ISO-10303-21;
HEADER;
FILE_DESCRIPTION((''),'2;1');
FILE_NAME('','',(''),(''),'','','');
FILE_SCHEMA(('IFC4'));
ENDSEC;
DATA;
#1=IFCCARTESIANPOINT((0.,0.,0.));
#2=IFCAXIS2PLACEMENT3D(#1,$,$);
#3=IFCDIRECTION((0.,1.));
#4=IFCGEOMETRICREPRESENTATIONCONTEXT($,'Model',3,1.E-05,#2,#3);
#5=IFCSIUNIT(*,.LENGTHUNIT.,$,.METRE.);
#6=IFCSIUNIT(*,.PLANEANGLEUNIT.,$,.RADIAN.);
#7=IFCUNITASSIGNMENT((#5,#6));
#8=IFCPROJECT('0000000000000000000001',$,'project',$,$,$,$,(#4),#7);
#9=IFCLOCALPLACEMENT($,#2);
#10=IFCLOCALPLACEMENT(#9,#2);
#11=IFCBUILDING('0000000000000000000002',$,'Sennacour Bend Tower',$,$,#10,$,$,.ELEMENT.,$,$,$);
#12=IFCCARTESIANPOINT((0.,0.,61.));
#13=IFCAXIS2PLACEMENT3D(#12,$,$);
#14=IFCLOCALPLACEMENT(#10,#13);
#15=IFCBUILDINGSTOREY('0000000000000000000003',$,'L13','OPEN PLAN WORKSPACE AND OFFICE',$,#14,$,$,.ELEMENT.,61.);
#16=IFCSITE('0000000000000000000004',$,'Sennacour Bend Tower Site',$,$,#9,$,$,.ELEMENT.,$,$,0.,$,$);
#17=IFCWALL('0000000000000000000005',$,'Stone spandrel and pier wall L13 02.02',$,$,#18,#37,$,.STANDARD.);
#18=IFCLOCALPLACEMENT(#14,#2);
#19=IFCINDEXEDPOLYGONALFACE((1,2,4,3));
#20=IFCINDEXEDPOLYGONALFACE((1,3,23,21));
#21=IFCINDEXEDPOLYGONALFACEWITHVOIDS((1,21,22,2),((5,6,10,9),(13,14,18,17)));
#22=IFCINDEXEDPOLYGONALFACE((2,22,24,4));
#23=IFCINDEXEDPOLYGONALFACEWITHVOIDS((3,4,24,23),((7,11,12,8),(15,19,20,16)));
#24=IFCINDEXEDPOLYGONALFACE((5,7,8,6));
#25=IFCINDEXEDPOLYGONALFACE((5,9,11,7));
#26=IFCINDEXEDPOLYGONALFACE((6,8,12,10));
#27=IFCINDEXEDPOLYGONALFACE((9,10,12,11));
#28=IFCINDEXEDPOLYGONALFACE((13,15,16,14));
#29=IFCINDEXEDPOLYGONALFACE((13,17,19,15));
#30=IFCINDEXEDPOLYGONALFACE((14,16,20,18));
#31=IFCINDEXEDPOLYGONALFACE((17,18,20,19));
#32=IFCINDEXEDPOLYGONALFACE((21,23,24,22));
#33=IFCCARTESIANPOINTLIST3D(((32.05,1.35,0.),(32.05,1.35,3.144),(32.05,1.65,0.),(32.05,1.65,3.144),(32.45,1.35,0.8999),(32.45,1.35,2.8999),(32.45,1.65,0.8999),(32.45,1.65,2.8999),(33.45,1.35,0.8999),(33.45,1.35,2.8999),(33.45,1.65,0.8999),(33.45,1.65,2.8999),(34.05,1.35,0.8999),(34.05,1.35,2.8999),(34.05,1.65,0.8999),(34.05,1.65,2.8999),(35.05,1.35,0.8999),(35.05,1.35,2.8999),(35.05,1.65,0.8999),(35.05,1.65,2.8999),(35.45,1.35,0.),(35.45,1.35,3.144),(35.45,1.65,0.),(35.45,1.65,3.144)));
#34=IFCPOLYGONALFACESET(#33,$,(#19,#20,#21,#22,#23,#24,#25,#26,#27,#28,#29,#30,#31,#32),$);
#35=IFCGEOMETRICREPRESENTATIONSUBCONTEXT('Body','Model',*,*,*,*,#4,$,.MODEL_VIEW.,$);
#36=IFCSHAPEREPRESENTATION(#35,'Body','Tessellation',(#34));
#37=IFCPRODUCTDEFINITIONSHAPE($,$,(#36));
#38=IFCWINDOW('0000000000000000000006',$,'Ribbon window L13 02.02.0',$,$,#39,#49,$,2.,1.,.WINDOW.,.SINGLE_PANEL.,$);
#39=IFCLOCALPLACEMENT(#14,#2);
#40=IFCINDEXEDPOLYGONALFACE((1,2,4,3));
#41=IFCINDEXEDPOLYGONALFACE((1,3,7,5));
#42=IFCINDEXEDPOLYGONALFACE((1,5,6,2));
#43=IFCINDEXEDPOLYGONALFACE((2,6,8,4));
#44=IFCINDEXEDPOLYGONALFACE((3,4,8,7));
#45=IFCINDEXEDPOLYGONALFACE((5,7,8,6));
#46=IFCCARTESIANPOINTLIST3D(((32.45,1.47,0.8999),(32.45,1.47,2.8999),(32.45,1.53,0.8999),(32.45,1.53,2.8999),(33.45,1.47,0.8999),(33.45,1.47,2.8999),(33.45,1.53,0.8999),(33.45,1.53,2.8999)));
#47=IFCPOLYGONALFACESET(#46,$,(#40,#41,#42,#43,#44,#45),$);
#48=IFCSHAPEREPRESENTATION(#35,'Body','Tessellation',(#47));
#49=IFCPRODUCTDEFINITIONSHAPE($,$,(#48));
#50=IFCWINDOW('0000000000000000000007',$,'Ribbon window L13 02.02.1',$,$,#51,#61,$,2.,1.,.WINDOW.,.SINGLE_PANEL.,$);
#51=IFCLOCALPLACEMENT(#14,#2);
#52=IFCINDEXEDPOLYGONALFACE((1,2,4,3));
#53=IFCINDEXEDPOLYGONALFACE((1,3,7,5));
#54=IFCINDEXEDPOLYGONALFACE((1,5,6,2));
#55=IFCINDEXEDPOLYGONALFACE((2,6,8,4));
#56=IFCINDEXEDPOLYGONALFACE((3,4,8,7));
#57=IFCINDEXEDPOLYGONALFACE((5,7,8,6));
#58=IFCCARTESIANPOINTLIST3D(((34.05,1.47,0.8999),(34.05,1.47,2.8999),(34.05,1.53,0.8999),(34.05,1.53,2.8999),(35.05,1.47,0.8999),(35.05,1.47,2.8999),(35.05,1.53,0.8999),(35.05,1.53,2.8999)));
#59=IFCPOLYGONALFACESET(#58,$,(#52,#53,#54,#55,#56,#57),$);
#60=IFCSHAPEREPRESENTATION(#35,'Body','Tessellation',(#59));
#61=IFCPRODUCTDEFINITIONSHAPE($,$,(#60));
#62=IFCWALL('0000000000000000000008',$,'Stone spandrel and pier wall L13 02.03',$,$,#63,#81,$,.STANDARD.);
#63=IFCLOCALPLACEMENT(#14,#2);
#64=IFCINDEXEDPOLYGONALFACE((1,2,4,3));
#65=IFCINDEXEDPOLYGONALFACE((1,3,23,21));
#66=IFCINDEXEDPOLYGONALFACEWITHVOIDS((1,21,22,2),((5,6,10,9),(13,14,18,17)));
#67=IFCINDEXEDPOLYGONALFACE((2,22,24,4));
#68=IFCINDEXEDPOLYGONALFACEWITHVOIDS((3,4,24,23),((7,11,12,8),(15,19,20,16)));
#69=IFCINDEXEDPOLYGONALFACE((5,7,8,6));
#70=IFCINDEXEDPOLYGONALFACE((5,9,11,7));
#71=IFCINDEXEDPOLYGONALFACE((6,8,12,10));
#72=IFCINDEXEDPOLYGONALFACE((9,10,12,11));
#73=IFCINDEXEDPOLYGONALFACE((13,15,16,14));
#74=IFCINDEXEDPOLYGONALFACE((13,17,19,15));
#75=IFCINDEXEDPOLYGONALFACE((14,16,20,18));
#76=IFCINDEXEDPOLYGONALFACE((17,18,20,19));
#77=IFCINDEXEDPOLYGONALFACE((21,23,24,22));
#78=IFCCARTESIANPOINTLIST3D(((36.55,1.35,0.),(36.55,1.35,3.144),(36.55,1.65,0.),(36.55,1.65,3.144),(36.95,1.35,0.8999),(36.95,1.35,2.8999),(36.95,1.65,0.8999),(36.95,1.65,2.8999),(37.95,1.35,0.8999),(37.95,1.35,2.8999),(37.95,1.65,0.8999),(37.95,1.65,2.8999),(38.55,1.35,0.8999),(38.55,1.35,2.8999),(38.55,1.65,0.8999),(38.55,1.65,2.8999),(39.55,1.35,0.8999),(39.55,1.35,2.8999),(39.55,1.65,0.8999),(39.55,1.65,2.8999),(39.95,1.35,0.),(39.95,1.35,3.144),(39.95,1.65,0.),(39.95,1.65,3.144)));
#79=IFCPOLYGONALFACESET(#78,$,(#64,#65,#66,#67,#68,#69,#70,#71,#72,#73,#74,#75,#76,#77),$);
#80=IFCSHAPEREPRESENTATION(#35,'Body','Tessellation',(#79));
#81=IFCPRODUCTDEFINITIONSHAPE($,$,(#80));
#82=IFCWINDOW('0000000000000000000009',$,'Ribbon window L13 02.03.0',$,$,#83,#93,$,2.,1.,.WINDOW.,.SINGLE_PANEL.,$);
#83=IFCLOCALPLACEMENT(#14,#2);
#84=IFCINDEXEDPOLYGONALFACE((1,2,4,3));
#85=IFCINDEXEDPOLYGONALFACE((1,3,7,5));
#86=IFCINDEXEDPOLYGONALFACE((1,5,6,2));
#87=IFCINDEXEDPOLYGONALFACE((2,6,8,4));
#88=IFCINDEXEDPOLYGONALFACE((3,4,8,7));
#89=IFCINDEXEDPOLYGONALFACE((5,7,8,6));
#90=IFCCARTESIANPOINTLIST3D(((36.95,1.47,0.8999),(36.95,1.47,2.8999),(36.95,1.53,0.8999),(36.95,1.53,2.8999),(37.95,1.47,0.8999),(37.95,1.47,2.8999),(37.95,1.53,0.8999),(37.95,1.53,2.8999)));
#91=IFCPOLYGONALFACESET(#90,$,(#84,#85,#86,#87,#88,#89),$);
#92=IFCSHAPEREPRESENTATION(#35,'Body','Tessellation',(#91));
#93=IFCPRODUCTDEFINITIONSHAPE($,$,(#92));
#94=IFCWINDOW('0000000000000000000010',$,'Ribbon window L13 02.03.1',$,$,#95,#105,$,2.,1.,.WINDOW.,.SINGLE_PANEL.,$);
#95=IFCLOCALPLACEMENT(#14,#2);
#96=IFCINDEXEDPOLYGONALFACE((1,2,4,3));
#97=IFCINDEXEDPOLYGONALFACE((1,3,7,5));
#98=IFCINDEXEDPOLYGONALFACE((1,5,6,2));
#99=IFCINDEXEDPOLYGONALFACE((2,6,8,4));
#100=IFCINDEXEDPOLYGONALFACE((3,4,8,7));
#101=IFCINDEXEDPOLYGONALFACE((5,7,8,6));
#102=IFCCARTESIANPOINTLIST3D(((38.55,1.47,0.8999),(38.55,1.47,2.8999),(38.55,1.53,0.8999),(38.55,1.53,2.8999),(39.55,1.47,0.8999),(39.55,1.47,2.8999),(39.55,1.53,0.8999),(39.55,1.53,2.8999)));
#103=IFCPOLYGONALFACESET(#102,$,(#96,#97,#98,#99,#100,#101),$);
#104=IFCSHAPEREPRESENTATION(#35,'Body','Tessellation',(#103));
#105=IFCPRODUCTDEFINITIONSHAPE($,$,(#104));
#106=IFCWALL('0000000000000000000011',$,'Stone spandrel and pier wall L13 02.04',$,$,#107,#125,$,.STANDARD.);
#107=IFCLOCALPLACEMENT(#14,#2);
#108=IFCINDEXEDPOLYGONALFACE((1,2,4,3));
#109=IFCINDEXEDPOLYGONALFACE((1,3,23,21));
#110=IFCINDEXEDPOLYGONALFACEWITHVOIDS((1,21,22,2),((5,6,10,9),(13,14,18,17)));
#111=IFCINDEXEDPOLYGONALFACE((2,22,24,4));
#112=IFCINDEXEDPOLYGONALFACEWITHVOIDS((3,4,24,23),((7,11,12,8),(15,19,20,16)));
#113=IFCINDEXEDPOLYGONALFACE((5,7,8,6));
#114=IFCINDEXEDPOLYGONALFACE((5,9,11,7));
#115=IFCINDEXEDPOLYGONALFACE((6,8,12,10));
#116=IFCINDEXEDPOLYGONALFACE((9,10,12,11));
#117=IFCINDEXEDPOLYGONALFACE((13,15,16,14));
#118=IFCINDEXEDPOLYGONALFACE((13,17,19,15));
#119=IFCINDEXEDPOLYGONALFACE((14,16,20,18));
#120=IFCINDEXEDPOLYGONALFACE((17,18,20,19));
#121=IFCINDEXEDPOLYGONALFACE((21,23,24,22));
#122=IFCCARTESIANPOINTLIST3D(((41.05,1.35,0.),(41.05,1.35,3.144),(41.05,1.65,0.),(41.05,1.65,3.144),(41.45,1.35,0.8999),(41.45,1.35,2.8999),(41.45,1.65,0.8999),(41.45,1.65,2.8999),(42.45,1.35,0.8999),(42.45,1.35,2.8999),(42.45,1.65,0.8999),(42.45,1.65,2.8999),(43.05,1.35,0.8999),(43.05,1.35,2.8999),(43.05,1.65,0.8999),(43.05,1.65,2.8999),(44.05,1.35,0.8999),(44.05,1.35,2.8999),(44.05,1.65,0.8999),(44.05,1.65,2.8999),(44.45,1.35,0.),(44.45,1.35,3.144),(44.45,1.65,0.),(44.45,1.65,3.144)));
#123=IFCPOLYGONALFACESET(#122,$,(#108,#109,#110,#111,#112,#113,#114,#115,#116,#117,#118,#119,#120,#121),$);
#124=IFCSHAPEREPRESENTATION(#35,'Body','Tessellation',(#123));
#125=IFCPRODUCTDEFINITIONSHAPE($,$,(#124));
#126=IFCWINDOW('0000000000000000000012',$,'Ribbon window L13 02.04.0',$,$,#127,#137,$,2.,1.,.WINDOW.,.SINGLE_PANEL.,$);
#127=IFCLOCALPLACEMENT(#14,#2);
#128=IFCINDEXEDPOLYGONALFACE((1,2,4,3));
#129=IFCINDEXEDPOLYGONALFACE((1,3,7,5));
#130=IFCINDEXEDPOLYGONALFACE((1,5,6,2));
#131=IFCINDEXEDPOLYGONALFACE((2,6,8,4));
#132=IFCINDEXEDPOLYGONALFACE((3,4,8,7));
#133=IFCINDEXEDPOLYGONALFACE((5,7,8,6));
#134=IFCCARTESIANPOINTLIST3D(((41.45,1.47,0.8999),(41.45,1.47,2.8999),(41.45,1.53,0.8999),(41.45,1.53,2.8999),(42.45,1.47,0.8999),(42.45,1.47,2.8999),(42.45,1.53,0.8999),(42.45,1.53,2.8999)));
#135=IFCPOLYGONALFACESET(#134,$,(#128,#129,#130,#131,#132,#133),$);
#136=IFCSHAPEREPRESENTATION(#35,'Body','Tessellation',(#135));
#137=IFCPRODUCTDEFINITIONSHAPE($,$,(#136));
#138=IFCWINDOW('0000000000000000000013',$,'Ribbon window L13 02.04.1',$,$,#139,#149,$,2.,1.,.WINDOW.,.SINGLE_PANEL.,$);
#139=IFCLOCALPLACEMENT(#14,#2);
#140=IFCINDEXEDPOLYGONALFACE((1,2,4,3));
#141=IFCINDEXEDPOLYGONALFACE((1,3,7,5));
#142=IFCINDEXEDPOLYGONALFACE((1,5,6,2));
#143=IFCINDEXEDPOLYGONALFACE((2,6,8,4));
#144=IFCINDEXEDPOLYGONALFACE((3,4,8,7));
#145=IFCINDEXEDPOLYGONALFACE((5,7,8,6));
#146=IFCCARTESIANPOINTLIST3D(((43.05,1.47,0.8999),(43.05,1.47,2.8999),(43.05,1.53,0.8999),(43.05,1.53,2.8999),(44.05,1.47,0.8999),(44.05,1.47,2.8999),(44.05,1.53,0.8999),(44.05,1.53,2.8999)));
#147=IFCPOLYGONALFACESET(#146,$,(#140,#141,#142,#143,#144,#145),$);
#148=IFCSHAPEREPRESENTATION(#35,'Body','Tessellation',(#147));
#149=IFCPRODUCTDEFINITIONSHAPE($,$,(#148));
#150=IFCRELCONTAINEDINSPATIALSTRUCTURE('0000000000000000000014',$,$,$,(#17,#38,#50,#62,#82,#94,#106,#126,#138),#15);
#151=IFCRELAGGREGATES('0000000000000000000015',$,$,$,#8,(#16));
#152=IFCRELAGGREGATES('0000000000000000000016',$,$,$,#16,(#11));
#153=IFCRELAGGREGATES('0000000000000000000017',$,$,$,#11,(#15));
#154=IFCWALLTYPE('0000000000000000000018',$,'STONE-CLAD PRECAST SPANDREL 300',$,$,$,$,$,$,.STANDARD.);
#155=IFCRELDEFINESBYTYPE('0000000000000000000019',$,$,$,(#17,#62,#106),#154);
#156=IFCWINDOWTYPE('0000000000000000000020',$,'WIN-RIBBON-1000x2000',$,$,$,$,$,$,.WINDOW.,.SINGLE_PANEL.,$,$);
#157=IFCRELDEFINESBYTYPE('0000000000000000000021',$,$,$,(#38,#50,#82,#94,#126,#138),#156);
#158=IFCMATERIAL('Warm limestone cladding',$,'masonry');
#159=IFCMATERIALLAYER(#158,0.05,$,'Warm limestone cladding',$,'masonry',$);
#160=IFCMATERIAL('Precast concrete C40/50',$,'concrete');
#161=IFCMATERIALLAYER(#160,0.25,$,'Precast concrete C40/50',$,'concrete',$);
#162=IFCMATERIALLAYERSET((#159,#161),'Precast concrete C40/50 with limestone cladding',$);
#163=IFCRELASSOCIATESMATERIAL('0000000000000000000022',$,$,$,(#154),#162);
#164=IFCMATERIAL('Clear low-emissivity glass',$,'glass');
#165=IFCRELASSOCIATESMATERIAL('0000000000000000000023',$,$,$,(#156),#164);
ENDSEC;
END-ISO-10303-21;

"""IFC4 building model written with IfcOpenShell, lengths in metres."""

from ifc_helpers import new_model, si_unit, direction, frame, frame_2d, origin, place, context, subcontext, project, spatial, rectangle, extrude, material, layer, layer_set, type_object, element, fill, save


model = new_model("IFC4")

# Units and contexts
model_context = context("Model", 3, precision=1e-05, world=origin(), true_north=direction((0.0, 1.0)))
body_context = subcontext(model_context, "Body", "Model", "MODEL_VIEW")
ifc_project = project(units=[si_unit("LENGTHUNIT", "METRE"), si_unit("PLANEANGLEUNIT", "RADIAN")], contexts=[model_context])

# Site, building, storey
site_placement = place(None, origin())
site = spatial("IfcSite", under=ifc_project, at=site_placement, Name="Sennacour Bend Tower Site", CompositionType="ELEMENT", RefElevation=0.0)
building_placement = place(site_placement, origin())
building = spatial("IfcBuilding", under=site, at=building_placement, Name="Sennacour Bend Tower", CompositionType="ELEMENT")
storey_placement = place(building_placement, frame((0.0, 0.0, 61.0)))
storey = spatial("IfcBuildingStorey", under=building, at=storey_placement, Name="L13", Description="OPEN PLAN WORKSPACE AND OFFICE", CompositionType="ELEMENT", Elevation=61.0)

# Walls, openings, windows
ifc_material_1 = material(Name="Warm limestone cladding", Category="masonry")
ifc_layer_1 = layer(ifc_material_1, 0.05, Name="Warm limestone cladding", Category="masonry")
ifc_material_2 = material(Name="Precast concrete C40/50", Category="concrete")
ifc_layer_2 = layer(ifc_material_2, 0.25, Name="Precast concrete C40/50", Category="concrete")
ifc_layer_set_1 = layer_set([ifc_layer_1, ifc_layer_2], Name="Precast concrete C40/50 with limestone cladding")
wall_type_1 = type_object("IfcWallType", Name="STONE-CLAD PRECAST SPANDREL 300", PredefinedType="STANDARD", material=ifc_layer_set_1)
wall_1_placement = place(storey_placement, frame((32.05, 1.5, 0.0), z_axis=(0.0, 0.0, 1.0), x_axis=(1.0, 0.0, 0.0)))
wall_1 = element("IfcWall", 1, at=wall_1_placement, inside=storey, type_object=wall_type_1, Name="Stone spandrel and pier wall L13 02.02", PredefinedType="STANDARD", context=body_context, shape_type="SweptSolid", body=[
    extrude(rectangle(XDim=3.3999, YDim=0.3, at=frame_2d((1.7, 0.0))), origin(), (0.0, 0.0, 1.0), 3.144),
])
opening_1_placement = place(wall_1_placement, frame((0.3999, 0.0, 0.8999)))
opening_1 = element("IfcOpeningElement", 2, at=opening_1_placement, cuts=wall_1, PredefinedType="OPENING", context=body_context, shape_type="SweptSolid", body=[
    extrude(rectangle(XDim=1.0, YDim=2.0, at=frame_2d((0.5, 1.0))), frame((0.0, 0.1602, 0.0), z_axis=(0.0, -1.0, 0.0), x_axis=(1.0, 0.0, 0.0)), (0.0, 0.0, 1.0), 0.3201),
])
opening_2_placement = place(wall_1_placement, frame((2.0, 0.0, 0.8999)))
opening_2 = element("IfcOpeningElement", 3, at=opening_2_placement, cuts=wall_1, PredefinedType="OPENING", context=body_context, shape_type="SweptSolid", body=[
    extrude(rectangle(XDim=1.0, YDim=2.0, at=frame_2d((0.5, 1.0))), frame((0.0, 0.1602, 0.0), z_axis=(0.0, -1.0, 0.0), x_axis=(1.0, 0.0, 0.0)), (0.0, 0.0, 1.0), 0.3201),
])
ifc_material_3 = material(Name="Clear low-emissivity glass", Category="glass")
window_type = type_object("IfcWindowType", Name="WIN-RIBBON-1000x2000", PartitioningType="SINGLE_PANEL", PredefinedType="WINDOW", material=ifc_material_3)
window_1_placement = place(opening_1_placement, origin())
window_1 = element("IfcWindow", 4, at=window_1_placement, inside=storey, type_object=window_type, Name="Ribbon window L13 02.02.0", OverallHeight=2.0, OverallWidth=1.0, PartitioningType="SINGLE_PANEL", PredefinedType="WINDOW", context=body_context, shape_type="SweptSolid", body=[
    extrude(rectangle(XDim=1.0, YDim=2.0, at=frame_2d((0.5, 1.0))), frame((0.0, 0.03, 0.0), z_axis=(0.0, -1.0, 0.0), x_axis=(1.0, 0.0, 0.0)), (0.0, 0.0, 1.0), 0.0601),
])
fill(opening_1, window_1)
window_2_placement = place(opening_2_placement, origin())
window_2 = element("IfcWindow", 5, at=window_2_placement, inside=storey, type_object=window_type, Name="Ribbon window L13 02.02.1", OverallHeight=2.0, OverallWidth=1.0, PartitioningType="SINGLE_PANEL", PredefinedType="WINDOW", context=body_context, shape_type="SweptSolid", body=[
    extrude(rectangle(XDim=1.0, YDim=2.0, at=frame_2d((0.5, 1.0))), frame((0.0, 0.03, 0.0), z_axis=(0.0, -1.0, 0.0), x_axis=(1.0, 0.0, 0.0)), (0.0, 0.0, 1.0), 0.0601),
])
fill(opening_2, window_2)
wall_2_placement = place(storey_placement, frame((36.55, 1.5, 0.0), z_axis=(0.0, 0.0, 1.0), x_axis=(1.0, 0.0, 0.0)))
wall_2 = element("IfcWall", 6, at=wall_2_placement, inside=storey, type_object=wall_type_1, Name="Stone spandrel and pier wall L13 02.03", PredefinedType="STANDARD", context=body_context, shape_type="SweptSolid", body=[
    extrude(rectangle(XDim=3.3999, YDim=0.3, at=frame_2d((1.7, 0.0))), origin(), (0.0, 0.0, 1.0), 3.144),
])
opening_3_placement = place(wall_2_placement, frame((0.3999, 0.0, 0.8999)))
opening_3 = element("IfcOpeningElement", 7, at=opening_3_placement, cuts=wall_2, PredefinedType="OPENING", context=body_context, shape_type="SweptSolid", body=[
    extrude(rectangle(XDim=1.0, YDim=2.0, at=frame_2d((0.5, 1.0))), frame((0.0, 0.1602, 0.0), z_axis=(0.0, -1.0, 0.0), x_axis=(1.0, 0.0, 0.0)), (0.0, 0.0, 1.0), 0.3201),
])
opening_4_placement = place(wall_2_placement, frame((2.0, 0.0, 0.8999)))
opening_4 = element("IfcOpeningElement", 8, at=opening_4_placement, cuts=wall_2, PredefinedType="OPENING", context=body_context, shape_type="SweptSolid", body=[
    extrude(rectangle(XDim=1.0, YDim=2.0, at=frame_2d((0.5, 1.0))), frame((0.0, 0.1602, 0.0), z_axis=(0.0, -1.0, 0.0), x_axis=(1.0, 0.0, 0.0)), (0.0, 0.0, 1.0), 0.3201),
])
window_3_placement = place(opening_3_placement, origin())
window_3 = element("IfcWindow", 9, at=window_3_placement, inside=storey, type_object=window_type, Name="Ribbon window L13 02.03.0", OverallHeight=2.0, OverallWidth=1.0, PartitioningType="SINGLE_PANEL", PredefinedType="WINDOW", context=body_context, shape_type="SweptSolid", body=[
    extrude(rectangle(XDim=1.0, YDim=2.0, at=frame_2d((0.5, 1.0))), frame((0.0, 0.03, 0.0), z_axis=(0.0, -1.0, 0.0), x_axis=(1.0, 0.0, 0.0)), (0.0, 0.0, 1.0), 0.0601),
])
fill(opening_3, window_3)
window_4_placement = place(opening_4_placement, origin())
window_4 = element("IfcWindow", 10, at=window_4_placement, inside=storey, type_object=window_type, Name="Ribbon window L13 02.03.1", OverallHeight=2.0, OverallWidth=1.0, PartitioningType="SINGLE_PANEL", PredefinedType="WINDOW", context=body_context, shape_type="SweptSolid", body=[
    extrude(rectangle(XDim=1.0, YDim=2.0, at=frame_2d((0.5, 1.0))), frame((0.0, 0.03, 0.0), z_axis=(0.0, -1.0, 0.0), x_axis=(1.0, 0.0, 0.0)), (0.0, 0.0, 1.0), 0.0601),
])
fill(opening_4, window_4)
wall_3_placement = place(storey_placement, frame((41.05, 1.5, 0.0), z_axis=(0.0, 0.0, 1.0), x_axis=(1.0, 0.0, 0.0)))
wall_3 = element("IfcWall", 11, at=wall_3_placement, inside=storey, type_object=wall_type_1, Name="Stone spandrel and pier wall L13 02.04", PredefinedType="STANDARD", context=body_context, shape_type="SweptSolid", body=[
    extrude(rectangle(XDim=3.3999, YDim=0.3, at=frame_2d((1.7, 0.0))), origin(), (0.0, 0.0, 1.0), 3.144),
])
opening_5_placement = place(wall_3_placement, frame((0.3999, 0.0, 0.8999)))
opening_5 = element("IfcOpeningElement", 12, at=opening_5_placement, cuts=wall_3, PredefinedType="OPENING", context=body_context, shape_type="SweptSolid", body=[
    extrude(rectangle(XDim=1.0, YDim=2.0, at=frame_2d((0.5, 1.0))), frame((0.0, 0.1602, 0.0), z_axis=(0.0, -1.0, 0.0), x_axis=(1.0, 0.0, 0.0)), (0.0, 0.0, 1.0), 0.3201),
])
opening_6_placement = place(wall_3_placement, frame((2.0, 0.0, 0.8999)))
opening_6 = element("IfcOpeningElement", 13, at=opening_6_placement, cuts=wall_3, PredefinedType="OPENING", context=body_context, shape_type="SweptSolid", body=[
    extrude(rectangle(XDim=1.0, YDim=2.0, at=frame_2d((0.5, 1.0))), frame((0.0, 0.1602, 0.0), z_axis=(0.0, -1.0, 0.0), x_axis=(1.0, 0.0, 0.0)), (0.0, 0.0, 1.0), 0.3201),
])
window_5_placement = place(opening_5_placement, origin())
window_5 = element("IfcWindow", 14, at=window_5_placement, inside=storey, type_object=window_type, Name="Ribbon window L13 02.04.0", OverallHeight=2.0, OverallWidth=1.0, PartitioningType="SINGLE_PANEL", PredefinedType="WINDOW", context=body_context, shape_type="SweptSolid", body=[
    extrude(rectangle(XDim=1.0, YDim=2.0, at=frame_2d((0.5, 1.0))), frame((0.0, 0.03, 0.0), z_axis=(0.0, -1.0, 0.0), x_axis=(1.0, 0.0, 0.0)), (0.0, 0.0, 1.0), 0.0601),
])
fill(opening_5, window_5)
window_6_placement = place(opening_6_placement, origin())
window_6 = element("IfcWindow", 15, at=window_6_placement, inside=storey, type_object=window_type, Name="Ribbon window L13 02.04.1", OverallHeight=2.0, OverallWidth=1.0, PartitioningType="SINGLE_PANEL", PredefinedType="WINDOW", context=body_context, shape_type="SweptSolid", body=[
    extrude(rectangle(XDim=1.0, YDim=2.0, at=frame_2d((0.5, 1.0))), frame((0.0, 0.03, 0.0), z_axis=(0.0, -1.0, 0.0), x_axis=(1.0, 0.0, 0.0)), (0.0, 0.0, 1.0), 0.0601),
])
fill(opening_6, window_6)

save(model, "model.ifc")
